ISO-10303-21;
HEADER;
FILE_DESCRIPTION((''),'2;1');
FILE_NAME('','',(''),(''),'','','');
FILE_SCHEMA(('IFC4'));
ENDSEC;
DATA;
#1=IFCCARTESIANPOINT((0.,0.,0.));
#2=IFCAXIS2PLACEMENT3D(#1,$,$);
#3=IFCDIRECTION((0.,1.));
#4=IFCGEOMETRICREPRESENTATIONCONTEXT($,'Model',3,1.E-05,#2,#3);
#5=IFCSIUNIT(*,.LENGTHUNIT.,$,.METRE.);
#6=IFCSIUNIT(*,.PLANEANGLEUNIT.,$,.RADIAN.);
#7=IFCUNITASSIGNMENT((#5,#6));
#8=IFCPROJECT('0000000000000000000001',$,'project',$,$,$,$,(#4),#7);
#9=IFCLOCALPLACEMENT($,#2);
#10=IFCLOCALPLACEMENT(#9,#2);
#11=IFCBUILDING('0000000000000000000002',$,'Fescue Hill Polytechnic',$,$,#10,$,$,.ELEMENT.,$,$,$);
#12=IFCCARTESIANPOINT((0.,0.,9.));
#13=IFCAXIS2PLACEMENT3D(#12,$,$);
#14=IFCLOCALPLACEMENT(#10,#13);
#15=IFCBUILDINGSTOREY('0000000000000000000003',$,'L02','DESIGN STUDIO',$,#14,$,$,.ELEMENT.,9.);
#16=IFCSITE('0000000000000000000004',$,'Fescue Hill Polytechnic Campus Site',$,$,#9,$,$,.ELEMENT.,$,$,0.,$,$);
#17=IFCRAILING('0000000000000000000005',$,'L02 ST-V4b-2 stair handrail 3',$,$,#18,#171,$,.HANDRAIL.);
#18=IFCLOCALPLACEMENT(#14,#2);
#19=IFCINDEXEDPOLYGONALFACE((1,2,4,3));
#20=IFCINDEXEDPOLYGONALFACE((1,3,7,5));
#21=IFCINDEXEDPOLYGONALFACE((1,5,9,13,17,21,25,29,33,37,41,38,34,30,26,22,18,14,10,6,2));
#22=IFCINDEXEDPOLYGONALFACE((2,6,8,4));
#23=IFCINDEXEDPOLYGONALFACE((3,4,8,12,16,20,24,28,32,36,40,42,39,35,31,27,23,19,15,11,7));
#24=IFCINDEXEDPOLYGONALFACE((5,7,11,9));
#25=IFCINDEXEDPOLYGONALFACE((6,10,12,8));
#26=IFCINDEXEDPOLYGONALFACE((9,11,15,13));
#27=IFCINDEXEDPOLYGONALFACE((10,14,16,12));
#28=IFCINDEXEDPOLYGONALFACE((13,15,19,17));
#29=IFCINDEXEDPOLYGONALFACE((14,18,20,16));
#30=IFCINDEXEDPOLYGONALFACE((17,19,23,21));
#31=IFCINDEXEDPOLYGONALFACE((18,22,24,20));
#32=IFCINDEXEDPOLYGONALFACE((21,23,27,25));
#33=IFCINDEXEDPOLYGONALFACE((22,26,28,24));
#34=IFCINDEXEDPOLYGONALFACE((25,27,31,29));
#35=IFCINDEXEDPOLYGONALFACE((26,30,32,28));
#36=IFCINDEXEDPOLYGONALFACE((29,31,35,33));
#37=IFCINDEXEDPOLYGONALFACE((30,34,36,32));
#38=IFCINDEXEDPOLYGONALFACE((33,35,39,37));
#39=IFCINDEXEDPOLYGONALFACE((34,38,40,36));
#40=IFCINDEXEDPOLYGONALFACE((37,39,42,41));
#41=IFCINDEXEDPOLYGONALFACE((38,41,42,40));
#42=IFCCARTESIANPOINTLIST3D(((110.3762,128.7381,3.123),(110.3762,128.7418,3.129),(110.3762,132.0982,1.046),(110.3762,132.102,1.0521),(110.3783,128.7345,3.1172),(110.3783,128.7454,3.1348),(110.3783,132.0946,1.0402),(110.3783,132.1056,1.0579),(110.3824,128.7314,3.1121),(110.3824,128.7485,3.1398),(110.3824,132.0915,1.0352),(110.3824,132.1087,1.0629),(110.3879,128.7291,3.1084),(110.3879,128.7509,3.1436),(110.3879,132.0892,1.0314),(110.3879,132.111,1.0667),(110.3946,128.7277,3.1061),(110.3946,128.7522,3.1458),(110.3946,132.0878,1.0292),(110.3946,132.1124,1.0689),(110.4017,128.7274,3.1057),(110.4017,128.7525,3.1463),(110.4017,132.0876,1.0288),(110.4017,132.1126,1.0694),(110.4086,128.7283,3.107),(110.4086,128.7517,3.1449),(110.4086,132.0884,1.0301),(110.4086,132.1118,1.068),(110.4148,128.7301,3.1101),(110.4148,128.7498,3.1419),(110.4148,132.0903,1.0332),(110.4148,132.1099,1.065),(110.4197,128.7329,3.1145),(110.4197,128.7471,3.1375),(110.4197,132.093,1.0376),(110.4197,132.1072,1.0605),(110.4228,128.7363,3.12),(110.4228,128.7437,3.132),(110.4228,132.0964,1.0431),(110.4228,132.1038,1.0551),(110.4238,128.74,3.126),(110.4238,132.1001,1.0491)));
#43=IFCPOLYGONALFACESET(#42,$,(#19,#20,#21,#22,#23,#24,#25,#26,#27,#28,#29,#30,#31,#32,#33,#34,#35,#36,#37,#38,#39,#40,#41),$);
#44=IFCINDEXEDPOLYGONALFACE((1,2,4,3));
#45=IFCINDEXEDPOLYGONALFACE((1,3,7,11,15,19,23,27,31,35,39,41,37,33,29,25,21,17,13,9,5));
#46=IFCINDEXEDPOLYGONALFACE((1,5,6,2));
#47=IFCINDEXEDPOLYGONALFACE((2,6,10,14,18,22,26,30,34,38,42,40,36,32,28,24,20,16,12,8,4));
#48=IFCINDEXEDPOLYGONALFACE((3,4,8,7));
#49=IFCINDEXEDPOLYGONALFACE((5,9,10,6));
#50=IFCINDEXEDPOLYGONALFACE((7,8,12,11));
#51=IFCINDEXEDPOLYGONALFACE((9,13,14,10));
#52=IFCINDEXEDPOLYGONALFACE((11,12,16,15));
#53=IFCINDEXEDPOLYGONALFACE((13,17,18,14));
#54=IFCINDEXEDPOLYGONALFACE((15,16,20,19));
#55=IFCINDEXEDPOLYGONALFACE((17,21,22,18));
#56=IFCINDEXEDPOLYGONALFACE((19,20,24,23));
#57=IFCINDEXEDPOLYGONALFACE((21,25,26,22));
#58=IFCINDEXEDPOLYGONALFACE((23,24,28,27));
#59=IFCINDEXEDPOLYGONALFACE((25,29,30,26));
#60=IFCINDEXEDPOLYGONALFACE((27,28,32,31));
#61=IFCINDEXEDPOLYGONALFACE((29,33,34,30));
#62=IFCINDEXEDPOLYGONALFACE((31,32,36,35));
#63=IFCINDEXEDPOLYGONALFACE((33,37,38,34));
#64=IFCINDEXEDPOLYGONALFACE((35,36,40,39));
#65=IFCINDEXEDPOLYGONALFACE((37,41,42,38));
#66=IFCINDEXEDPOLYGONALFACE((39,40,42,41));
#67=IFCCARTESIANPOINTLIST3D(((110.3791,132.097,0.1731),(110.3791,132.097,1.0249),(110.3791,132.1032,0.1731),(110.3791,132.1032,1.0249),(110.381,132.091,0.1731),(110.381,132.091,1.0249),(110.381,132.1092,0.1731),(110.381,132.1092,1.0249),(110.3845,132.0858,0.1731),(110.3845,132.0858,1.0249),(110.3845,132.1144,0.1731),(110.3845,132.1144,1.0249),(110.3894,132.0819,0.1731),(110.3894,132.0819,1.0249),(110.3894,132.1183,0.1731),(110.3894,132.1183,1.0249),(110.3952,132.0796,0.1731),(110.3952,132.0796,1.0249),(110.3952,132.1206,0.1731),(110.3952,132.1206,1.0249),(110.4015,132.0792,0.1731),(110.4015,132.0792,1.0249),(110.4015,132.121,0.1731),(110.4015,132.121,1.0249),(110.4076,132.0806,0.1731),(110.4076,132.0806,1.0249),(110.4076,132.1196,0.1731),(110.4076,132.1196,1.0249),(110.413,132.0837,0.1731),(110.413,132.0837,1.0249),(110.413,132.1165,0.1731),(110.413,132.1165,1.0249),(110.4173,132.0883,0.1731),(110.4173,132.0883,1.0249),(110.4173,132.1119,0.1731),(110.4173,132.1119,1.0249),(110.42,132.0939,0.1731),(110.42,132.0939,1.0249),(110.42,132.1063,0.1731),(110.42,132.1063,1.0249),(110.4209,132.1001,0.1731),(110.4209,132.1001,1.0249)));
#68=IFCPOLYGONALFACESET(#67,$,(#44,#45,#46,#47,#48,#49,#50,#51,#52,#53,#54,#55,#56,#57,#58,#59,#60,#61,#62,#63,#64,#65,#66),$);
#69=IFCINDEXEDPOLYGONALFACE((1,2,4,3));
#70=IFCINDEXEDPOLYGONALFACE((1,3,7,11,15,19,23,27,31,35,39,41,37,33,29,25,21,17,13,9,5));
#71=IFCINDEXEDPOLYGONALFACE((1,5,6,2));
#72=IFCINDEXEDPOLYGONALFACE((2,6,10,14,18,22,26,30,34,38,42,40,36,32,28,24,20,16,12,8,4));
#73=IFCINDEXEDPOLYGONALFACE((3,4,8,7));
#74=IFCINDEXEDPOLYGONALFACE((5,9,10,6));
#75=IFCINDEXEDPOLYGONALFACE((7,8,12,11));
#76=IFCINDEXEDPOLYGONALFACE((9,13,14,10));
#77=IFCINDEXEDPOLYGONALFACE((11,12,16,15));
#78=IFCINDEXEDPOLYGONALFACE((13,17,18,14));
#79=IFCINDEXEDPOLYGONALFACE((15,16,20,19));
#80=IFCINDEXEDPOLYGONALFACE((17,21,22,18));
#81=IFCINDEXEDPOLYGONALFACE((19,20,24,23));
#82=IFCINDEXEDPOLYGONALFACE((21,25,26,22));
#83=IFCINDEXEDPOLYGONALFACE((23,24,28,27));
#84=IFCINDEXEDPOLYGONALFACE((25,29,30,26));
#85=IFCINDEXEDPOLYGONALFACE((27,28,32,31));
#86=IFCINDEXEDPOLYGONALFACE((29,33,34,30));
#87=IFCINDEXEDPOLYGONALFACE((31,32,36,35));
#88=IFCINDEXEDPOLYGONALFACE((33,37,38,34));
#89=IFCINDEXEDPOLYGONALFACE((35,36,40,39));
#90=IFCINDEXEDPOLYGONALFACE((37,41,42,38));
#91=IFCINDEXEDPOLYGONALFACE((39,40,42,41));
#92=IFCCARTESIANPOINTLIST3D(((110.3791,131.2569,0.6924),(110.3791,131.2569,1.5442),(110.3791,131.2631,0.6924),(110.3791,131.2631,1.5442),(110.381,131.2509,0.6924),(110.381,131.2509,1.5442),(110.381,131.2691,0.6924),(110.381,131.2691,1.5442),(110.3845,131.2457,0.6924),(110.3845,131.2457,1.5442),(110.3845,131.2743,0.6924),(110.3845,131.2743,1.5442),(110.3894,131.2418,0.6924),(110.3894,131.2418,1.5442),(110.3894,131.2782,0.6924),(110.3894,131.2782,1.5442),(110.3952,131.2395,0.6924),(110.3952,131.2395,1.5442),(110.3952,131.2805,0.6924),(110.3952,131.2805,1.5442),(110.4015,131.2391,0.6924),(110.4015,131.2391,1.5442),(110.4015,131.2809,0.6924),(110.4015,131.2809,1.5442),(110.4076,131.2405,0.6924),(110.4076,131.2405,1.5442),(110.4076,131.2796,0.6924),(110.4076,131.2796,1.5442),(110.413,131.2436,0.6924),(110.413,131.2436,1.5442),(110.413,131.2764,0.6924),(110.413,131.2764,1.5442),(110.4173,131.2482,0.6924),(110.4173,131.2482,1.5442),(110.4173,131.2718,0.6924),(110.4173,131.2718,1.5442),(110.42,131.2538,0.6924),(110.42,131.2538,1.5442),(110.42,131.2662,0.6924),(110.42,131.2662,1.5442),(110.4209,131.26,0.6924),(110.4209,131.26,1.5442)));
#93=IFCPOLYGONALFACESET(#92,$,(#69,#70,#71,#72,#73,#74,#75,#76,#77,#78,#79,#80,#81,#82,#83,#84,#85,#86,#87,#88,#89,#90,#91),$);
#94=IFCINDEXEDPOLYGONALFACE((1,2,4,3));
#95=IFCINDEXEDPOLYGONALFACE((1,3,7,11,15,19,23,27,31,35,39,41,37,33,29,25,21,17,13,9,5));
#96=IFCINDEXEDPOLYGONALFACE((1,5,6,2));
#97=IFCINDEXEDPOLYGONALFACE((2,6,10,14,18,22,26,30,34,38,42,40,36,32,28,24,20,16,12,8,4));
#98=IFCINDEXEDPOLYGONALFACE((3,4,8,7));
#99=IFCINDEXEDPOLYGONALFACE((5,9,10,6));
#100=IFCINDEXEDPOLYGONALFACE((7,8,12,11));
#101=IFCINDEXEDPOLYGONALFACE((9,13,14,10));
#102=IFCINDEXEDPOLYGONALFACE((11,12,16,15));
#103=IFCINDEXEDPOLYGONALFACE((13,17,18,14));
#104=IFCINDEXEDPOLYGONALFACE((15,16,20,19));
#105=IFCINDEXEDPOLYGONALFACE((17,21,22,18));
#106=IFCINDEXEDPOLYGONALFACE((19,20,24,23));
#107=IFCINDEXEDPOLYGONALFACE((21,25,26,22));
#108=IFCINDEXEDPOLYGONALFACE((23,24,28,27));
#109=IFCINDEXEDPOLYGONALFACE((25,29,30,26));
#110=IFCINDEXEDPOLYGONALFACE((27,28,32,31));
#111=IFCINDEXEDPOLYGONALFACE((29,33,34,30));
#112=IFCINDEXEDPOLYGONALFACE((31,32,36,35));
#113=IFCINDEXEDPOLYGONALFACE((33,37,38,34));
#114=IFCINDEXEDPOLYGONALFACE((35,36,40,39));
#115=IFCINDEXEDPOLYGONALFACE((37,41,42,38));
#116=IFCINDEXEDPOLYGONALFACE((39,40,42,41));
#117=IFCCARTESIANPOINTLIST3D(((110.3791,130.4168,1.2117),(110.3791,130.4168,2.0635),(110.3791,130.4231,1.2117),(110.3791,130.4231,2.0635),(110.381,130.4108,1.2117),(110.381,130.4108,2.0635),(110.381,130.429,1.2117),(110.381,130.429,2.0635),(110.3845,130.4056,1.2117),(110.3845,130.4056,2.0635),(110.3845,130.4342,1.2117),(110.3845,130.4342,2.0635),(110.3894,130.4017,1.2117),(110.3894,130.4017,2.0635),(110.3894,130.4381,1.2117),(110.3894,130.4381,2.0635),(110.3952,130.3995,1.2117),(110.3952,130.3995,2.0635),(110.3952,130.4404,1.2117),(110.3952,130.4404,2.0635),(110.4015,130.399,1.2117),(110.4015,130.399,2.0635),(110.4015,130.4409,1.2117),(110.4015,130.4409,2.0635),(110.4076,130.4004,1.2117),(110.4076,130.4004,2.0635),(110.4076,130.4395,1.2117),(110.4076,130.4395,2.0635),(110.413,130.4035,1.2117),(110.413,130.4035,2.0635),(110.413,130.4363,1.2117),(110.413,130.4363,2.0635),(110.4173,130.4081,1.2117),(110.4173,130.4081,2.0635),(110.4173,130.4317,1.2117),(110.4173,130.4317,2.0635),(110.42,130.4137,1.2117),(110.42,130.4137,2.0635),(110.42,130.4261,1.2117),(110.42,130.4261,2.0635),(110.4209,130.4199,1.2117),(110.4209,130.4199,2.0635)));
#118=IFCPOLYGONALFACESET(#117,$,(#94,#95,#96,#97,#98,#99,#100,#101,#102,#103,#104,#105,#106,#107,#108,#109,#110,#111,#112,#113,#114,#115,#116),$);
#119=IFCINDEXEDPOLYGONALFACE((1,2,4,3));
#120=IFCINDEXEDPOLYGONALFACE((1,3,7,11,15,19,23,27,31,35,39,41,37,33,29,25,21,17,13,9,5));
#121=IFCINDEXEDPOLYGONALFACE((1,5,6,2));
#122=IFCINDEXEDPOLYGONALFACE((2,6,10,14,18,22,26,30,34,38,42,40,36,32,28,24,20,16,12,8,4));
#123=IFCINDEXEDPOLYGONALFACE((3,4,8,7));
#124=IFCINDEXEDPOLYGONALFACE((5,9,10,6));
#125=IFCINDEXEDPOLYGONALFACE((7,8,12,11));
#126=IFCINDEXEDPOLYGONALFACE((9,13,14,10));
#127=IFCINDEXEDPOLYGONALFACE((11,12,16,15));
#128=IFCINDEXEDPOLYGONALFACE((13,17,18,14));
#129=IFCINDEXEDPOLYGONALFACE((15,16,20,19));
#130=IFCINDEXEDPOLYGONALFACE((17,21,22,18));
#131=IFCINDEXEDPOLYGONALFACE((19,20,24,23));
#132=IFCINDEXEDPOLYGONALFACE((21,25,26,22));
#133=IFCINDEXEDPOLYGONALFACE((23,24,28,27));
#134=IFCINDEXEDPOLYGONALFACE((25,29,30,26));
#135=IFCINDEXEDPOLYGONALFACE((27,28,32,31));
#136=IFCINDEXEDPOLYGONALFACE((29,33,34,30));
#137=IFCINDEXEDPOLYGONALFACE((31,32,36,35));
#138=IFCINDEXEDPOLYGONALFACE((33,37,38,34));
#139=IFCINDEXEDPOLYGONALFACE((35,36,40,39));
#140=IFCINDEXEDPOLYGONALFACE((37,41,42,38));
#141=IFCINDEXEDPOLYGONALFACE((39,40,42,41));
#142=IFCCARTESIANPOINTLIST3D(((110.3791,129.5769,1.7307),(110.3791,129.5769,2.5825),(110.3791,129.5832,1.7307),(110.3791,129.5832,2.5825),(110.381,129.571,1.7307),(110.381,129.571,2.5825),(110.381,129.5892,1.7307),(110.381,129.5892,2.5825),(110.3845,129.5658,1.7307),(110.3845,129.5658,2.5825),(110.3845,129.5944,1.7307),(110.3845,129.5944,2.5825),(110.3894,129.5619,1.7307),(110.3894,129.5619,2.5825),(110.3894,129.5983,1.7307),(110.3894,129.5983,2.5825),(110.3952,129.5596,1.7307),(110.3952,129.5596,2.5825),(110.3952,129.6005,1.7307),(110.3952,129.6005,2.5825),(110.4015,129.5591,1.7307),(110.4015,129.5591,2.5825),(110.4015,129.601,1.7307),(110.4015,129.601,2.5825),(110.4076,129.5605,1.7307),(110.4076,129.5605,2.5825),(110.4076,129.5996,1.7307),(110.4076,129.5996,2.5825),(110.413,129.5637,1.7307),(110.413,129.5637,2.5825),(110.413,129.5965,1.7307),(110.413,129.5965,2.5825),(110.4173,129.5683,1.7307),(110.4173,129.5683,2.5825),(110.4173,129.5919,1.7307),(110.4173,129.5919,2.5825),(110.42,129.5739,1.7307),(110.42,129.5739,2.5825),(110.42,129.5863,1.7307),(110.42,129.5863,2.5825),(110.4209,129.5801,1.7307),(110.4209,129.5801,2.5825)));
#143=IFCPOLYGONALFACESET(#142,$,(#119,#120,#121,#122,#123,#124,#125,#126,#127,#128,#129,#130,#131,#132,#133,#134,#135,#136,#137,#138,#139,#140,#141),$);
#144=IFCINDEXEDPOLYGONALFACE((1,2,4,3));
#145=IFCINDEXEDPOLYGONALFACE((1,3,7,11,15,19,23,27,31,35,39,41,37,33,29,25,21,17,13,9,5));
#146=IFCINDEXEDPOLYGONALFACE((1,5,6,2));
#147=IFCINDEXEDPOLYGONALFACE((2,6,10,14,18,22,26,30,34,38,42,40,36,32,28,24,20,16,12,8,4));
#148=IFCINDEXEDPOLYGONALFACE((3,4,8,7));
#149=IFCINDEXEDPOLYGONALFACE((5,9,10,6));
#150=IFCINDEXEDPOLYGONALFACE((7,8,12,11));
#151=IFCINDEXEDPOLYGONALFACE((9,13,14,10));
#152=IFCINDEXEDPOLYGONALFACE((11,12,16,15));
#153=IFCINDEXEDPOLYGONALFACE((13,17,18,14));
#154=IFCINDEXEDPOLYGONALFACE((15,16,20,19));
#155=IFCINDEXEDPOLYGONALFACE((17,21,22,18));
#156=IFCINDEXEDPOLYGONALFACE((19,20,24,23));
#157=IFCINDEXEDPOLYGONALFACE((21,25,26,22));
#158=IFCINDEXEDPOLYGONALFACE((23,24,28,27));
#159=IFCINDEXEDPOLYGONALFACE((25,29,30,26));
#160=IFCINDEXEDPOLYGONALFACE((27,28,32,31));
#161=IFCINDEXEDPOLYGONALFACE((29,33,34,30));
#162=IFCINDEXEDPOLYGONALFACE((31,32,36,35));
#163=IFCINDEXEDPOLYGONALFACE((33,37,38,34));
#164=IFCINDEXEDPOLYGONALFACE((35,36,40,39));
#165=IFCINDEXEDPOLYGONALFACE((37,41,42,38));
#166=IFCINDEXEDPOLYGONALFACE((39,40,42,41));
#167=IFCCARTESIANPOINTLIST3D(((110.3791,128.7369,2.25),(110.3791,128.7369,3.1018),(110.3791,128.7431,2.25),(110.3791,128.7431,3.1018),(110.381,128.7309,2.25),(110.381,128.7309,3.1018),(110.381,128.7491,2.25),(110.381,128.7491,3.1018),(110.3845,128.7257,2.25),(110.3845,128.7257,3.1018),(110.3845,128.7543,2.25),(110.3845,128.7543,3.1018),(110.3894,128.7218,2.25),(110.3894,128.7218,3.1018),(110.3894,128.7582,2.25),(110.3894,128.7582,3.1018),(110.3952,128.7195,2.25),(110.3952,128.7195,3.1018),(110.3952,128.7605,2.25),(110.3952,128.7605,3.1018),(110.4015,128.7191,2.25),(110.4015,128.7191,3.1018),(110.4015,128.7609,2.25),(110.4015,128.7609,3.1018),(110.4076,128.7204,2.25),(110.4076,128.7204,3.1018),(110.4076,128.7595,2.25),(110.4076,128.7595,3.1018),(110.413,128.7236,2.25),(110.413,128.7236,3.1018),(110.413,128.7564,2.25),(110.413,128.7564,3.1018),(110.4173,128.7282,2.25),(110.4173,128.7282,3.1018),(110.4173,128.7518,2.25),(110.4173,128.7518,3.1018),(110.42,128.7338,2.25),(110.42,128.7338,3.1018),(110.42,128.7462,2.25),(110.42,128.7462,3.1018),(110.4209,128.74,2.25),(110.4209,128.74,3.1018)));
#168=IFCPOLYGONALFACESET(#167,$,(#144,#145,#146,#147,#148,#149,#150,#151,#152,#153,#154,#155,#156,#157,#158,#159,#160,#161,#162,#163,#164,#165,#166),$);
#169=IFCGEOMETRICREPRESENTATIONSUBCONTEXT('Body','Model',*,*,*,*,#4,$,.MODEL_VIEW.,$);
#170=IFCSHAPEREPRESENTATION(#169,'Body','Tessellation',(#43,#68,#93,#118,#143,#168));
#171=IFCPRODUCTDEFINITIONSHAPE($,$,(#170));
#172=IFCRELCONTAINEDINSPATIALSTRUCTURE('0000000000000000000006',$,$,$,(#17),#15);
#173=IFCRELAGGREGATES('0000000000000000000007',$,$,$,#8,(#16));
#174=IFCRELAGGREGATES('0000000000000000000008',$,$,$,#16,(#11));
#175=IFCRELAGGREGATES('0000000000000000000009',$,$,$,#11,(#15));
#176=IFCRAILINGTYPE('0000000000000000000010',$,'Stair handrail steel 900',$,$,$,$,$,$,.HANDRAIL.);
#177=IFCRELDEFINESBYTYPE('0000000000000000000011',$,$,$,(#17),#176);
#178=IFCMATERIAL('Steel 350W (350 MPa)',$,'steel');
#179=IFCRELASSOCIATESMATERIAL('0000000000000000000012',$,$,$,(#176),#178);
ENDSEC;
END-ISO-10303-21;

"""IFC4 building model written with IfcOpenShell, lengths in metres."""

from ifc_helpers import new_model, si_unit, direction, frame, origin, origin_2d, place, context, subcontext, project, spatial, circle, extrude, material, type_object, element, save


model = new_model("IFC4")

# Units and contexts
model_context = context("Model", 3, precision=1e-05, world=origin(), true_north=direction((0.0, 1.0)))
body_context = subcontext(model_context, "Body", "Model", "MODEL_VIEW")
ifc_project = project(units=[si_unit("LENGTHUNIT", "METRE"), si_unit("PLANEANGLEUNIT", "RADIAN")], contexts=[model_context])

# Site, building, storey
site_placement = place(None, origin())
site = spatial("IfcSite", under=ifc_project, at=site_placement, Name="Fescue Hill Polytechnic Campus Site", CompositionType="ELEMENT", RefElevation=0.0)
building_placement = place(site_placement, origin())
building = spatial("IfcBuilding", under=site, at=building_placement, Name="Fescue Hill Polytechnic", CompositionType="ELEMENT")
storey_placement = place(building_placement, frame((0.0, 0.0, 9.0)))
storey = spatial("IfcBuildingStorey", under=building, at=storey_placement, Name="L02", Description="DESIGN STUDIO", CompositionType="ELEMENT", Elevation=9.0)

# Railing
ifc_material_1 = material(Name="Steel 350W (350 MPa)", Category="steel")
railing_type_1 = type_object("IfcRailingType", Name="Stair handrail steel 900", PredefinedType="HANDRAIL", material=ifc_material_1)
for number, where, name in (
    (1, (110.3999, 132.1001, 0.1731), "L02 ST-V4b-2 stair handrail 3"),
):
    element("IfcRailing", number, at=place(storey_placement, frame(where)), inside=storey, type_object=railing_type_1, Name=name, PredefinedType="HANDRAIL", context=body_context, shape_type="SweptSolid", body=[
        extrude(circle(Radius=0.0239, at=origin_2d()), frame((0.0, 0.0, 0.876), z_axis=(0.0, -0.850623, 0.525776), x_axis=(1.0, 0.0, 0.0)), (0.0, 0.0, 1.0), 3.9502),
        extrude(circle(Radius=0.021, at=origin_2d()), origin(), (0.0, 0.0, 1.0), 0.8518),
        extrude(circle(Radius=0.021, at=origin_2d()), frame((0.0, -0.8401, 0.5193)), (0.0, 0.0, 1.0), 0.8518),
        extrude(circle(Radius=0.021, at=origin_2d()), frame((0.0, -1.6802, 1.0386)), (0.0, 0.0, 1.0), 0.8518),
        extrude(circle(Radius=0.021, at=origin_2d()), frame((0.0, -2.52, 1.5576)), (0.0, 0.0, 1.0), 0.8518),
        extrude(circle(Radius=0.021, at=origin_2d()), frame((0.0, -3.3601, 2.0769)), (0.0, 0.0, 1.0), 0.8518),
    ])

save(model, "model.ifc")
